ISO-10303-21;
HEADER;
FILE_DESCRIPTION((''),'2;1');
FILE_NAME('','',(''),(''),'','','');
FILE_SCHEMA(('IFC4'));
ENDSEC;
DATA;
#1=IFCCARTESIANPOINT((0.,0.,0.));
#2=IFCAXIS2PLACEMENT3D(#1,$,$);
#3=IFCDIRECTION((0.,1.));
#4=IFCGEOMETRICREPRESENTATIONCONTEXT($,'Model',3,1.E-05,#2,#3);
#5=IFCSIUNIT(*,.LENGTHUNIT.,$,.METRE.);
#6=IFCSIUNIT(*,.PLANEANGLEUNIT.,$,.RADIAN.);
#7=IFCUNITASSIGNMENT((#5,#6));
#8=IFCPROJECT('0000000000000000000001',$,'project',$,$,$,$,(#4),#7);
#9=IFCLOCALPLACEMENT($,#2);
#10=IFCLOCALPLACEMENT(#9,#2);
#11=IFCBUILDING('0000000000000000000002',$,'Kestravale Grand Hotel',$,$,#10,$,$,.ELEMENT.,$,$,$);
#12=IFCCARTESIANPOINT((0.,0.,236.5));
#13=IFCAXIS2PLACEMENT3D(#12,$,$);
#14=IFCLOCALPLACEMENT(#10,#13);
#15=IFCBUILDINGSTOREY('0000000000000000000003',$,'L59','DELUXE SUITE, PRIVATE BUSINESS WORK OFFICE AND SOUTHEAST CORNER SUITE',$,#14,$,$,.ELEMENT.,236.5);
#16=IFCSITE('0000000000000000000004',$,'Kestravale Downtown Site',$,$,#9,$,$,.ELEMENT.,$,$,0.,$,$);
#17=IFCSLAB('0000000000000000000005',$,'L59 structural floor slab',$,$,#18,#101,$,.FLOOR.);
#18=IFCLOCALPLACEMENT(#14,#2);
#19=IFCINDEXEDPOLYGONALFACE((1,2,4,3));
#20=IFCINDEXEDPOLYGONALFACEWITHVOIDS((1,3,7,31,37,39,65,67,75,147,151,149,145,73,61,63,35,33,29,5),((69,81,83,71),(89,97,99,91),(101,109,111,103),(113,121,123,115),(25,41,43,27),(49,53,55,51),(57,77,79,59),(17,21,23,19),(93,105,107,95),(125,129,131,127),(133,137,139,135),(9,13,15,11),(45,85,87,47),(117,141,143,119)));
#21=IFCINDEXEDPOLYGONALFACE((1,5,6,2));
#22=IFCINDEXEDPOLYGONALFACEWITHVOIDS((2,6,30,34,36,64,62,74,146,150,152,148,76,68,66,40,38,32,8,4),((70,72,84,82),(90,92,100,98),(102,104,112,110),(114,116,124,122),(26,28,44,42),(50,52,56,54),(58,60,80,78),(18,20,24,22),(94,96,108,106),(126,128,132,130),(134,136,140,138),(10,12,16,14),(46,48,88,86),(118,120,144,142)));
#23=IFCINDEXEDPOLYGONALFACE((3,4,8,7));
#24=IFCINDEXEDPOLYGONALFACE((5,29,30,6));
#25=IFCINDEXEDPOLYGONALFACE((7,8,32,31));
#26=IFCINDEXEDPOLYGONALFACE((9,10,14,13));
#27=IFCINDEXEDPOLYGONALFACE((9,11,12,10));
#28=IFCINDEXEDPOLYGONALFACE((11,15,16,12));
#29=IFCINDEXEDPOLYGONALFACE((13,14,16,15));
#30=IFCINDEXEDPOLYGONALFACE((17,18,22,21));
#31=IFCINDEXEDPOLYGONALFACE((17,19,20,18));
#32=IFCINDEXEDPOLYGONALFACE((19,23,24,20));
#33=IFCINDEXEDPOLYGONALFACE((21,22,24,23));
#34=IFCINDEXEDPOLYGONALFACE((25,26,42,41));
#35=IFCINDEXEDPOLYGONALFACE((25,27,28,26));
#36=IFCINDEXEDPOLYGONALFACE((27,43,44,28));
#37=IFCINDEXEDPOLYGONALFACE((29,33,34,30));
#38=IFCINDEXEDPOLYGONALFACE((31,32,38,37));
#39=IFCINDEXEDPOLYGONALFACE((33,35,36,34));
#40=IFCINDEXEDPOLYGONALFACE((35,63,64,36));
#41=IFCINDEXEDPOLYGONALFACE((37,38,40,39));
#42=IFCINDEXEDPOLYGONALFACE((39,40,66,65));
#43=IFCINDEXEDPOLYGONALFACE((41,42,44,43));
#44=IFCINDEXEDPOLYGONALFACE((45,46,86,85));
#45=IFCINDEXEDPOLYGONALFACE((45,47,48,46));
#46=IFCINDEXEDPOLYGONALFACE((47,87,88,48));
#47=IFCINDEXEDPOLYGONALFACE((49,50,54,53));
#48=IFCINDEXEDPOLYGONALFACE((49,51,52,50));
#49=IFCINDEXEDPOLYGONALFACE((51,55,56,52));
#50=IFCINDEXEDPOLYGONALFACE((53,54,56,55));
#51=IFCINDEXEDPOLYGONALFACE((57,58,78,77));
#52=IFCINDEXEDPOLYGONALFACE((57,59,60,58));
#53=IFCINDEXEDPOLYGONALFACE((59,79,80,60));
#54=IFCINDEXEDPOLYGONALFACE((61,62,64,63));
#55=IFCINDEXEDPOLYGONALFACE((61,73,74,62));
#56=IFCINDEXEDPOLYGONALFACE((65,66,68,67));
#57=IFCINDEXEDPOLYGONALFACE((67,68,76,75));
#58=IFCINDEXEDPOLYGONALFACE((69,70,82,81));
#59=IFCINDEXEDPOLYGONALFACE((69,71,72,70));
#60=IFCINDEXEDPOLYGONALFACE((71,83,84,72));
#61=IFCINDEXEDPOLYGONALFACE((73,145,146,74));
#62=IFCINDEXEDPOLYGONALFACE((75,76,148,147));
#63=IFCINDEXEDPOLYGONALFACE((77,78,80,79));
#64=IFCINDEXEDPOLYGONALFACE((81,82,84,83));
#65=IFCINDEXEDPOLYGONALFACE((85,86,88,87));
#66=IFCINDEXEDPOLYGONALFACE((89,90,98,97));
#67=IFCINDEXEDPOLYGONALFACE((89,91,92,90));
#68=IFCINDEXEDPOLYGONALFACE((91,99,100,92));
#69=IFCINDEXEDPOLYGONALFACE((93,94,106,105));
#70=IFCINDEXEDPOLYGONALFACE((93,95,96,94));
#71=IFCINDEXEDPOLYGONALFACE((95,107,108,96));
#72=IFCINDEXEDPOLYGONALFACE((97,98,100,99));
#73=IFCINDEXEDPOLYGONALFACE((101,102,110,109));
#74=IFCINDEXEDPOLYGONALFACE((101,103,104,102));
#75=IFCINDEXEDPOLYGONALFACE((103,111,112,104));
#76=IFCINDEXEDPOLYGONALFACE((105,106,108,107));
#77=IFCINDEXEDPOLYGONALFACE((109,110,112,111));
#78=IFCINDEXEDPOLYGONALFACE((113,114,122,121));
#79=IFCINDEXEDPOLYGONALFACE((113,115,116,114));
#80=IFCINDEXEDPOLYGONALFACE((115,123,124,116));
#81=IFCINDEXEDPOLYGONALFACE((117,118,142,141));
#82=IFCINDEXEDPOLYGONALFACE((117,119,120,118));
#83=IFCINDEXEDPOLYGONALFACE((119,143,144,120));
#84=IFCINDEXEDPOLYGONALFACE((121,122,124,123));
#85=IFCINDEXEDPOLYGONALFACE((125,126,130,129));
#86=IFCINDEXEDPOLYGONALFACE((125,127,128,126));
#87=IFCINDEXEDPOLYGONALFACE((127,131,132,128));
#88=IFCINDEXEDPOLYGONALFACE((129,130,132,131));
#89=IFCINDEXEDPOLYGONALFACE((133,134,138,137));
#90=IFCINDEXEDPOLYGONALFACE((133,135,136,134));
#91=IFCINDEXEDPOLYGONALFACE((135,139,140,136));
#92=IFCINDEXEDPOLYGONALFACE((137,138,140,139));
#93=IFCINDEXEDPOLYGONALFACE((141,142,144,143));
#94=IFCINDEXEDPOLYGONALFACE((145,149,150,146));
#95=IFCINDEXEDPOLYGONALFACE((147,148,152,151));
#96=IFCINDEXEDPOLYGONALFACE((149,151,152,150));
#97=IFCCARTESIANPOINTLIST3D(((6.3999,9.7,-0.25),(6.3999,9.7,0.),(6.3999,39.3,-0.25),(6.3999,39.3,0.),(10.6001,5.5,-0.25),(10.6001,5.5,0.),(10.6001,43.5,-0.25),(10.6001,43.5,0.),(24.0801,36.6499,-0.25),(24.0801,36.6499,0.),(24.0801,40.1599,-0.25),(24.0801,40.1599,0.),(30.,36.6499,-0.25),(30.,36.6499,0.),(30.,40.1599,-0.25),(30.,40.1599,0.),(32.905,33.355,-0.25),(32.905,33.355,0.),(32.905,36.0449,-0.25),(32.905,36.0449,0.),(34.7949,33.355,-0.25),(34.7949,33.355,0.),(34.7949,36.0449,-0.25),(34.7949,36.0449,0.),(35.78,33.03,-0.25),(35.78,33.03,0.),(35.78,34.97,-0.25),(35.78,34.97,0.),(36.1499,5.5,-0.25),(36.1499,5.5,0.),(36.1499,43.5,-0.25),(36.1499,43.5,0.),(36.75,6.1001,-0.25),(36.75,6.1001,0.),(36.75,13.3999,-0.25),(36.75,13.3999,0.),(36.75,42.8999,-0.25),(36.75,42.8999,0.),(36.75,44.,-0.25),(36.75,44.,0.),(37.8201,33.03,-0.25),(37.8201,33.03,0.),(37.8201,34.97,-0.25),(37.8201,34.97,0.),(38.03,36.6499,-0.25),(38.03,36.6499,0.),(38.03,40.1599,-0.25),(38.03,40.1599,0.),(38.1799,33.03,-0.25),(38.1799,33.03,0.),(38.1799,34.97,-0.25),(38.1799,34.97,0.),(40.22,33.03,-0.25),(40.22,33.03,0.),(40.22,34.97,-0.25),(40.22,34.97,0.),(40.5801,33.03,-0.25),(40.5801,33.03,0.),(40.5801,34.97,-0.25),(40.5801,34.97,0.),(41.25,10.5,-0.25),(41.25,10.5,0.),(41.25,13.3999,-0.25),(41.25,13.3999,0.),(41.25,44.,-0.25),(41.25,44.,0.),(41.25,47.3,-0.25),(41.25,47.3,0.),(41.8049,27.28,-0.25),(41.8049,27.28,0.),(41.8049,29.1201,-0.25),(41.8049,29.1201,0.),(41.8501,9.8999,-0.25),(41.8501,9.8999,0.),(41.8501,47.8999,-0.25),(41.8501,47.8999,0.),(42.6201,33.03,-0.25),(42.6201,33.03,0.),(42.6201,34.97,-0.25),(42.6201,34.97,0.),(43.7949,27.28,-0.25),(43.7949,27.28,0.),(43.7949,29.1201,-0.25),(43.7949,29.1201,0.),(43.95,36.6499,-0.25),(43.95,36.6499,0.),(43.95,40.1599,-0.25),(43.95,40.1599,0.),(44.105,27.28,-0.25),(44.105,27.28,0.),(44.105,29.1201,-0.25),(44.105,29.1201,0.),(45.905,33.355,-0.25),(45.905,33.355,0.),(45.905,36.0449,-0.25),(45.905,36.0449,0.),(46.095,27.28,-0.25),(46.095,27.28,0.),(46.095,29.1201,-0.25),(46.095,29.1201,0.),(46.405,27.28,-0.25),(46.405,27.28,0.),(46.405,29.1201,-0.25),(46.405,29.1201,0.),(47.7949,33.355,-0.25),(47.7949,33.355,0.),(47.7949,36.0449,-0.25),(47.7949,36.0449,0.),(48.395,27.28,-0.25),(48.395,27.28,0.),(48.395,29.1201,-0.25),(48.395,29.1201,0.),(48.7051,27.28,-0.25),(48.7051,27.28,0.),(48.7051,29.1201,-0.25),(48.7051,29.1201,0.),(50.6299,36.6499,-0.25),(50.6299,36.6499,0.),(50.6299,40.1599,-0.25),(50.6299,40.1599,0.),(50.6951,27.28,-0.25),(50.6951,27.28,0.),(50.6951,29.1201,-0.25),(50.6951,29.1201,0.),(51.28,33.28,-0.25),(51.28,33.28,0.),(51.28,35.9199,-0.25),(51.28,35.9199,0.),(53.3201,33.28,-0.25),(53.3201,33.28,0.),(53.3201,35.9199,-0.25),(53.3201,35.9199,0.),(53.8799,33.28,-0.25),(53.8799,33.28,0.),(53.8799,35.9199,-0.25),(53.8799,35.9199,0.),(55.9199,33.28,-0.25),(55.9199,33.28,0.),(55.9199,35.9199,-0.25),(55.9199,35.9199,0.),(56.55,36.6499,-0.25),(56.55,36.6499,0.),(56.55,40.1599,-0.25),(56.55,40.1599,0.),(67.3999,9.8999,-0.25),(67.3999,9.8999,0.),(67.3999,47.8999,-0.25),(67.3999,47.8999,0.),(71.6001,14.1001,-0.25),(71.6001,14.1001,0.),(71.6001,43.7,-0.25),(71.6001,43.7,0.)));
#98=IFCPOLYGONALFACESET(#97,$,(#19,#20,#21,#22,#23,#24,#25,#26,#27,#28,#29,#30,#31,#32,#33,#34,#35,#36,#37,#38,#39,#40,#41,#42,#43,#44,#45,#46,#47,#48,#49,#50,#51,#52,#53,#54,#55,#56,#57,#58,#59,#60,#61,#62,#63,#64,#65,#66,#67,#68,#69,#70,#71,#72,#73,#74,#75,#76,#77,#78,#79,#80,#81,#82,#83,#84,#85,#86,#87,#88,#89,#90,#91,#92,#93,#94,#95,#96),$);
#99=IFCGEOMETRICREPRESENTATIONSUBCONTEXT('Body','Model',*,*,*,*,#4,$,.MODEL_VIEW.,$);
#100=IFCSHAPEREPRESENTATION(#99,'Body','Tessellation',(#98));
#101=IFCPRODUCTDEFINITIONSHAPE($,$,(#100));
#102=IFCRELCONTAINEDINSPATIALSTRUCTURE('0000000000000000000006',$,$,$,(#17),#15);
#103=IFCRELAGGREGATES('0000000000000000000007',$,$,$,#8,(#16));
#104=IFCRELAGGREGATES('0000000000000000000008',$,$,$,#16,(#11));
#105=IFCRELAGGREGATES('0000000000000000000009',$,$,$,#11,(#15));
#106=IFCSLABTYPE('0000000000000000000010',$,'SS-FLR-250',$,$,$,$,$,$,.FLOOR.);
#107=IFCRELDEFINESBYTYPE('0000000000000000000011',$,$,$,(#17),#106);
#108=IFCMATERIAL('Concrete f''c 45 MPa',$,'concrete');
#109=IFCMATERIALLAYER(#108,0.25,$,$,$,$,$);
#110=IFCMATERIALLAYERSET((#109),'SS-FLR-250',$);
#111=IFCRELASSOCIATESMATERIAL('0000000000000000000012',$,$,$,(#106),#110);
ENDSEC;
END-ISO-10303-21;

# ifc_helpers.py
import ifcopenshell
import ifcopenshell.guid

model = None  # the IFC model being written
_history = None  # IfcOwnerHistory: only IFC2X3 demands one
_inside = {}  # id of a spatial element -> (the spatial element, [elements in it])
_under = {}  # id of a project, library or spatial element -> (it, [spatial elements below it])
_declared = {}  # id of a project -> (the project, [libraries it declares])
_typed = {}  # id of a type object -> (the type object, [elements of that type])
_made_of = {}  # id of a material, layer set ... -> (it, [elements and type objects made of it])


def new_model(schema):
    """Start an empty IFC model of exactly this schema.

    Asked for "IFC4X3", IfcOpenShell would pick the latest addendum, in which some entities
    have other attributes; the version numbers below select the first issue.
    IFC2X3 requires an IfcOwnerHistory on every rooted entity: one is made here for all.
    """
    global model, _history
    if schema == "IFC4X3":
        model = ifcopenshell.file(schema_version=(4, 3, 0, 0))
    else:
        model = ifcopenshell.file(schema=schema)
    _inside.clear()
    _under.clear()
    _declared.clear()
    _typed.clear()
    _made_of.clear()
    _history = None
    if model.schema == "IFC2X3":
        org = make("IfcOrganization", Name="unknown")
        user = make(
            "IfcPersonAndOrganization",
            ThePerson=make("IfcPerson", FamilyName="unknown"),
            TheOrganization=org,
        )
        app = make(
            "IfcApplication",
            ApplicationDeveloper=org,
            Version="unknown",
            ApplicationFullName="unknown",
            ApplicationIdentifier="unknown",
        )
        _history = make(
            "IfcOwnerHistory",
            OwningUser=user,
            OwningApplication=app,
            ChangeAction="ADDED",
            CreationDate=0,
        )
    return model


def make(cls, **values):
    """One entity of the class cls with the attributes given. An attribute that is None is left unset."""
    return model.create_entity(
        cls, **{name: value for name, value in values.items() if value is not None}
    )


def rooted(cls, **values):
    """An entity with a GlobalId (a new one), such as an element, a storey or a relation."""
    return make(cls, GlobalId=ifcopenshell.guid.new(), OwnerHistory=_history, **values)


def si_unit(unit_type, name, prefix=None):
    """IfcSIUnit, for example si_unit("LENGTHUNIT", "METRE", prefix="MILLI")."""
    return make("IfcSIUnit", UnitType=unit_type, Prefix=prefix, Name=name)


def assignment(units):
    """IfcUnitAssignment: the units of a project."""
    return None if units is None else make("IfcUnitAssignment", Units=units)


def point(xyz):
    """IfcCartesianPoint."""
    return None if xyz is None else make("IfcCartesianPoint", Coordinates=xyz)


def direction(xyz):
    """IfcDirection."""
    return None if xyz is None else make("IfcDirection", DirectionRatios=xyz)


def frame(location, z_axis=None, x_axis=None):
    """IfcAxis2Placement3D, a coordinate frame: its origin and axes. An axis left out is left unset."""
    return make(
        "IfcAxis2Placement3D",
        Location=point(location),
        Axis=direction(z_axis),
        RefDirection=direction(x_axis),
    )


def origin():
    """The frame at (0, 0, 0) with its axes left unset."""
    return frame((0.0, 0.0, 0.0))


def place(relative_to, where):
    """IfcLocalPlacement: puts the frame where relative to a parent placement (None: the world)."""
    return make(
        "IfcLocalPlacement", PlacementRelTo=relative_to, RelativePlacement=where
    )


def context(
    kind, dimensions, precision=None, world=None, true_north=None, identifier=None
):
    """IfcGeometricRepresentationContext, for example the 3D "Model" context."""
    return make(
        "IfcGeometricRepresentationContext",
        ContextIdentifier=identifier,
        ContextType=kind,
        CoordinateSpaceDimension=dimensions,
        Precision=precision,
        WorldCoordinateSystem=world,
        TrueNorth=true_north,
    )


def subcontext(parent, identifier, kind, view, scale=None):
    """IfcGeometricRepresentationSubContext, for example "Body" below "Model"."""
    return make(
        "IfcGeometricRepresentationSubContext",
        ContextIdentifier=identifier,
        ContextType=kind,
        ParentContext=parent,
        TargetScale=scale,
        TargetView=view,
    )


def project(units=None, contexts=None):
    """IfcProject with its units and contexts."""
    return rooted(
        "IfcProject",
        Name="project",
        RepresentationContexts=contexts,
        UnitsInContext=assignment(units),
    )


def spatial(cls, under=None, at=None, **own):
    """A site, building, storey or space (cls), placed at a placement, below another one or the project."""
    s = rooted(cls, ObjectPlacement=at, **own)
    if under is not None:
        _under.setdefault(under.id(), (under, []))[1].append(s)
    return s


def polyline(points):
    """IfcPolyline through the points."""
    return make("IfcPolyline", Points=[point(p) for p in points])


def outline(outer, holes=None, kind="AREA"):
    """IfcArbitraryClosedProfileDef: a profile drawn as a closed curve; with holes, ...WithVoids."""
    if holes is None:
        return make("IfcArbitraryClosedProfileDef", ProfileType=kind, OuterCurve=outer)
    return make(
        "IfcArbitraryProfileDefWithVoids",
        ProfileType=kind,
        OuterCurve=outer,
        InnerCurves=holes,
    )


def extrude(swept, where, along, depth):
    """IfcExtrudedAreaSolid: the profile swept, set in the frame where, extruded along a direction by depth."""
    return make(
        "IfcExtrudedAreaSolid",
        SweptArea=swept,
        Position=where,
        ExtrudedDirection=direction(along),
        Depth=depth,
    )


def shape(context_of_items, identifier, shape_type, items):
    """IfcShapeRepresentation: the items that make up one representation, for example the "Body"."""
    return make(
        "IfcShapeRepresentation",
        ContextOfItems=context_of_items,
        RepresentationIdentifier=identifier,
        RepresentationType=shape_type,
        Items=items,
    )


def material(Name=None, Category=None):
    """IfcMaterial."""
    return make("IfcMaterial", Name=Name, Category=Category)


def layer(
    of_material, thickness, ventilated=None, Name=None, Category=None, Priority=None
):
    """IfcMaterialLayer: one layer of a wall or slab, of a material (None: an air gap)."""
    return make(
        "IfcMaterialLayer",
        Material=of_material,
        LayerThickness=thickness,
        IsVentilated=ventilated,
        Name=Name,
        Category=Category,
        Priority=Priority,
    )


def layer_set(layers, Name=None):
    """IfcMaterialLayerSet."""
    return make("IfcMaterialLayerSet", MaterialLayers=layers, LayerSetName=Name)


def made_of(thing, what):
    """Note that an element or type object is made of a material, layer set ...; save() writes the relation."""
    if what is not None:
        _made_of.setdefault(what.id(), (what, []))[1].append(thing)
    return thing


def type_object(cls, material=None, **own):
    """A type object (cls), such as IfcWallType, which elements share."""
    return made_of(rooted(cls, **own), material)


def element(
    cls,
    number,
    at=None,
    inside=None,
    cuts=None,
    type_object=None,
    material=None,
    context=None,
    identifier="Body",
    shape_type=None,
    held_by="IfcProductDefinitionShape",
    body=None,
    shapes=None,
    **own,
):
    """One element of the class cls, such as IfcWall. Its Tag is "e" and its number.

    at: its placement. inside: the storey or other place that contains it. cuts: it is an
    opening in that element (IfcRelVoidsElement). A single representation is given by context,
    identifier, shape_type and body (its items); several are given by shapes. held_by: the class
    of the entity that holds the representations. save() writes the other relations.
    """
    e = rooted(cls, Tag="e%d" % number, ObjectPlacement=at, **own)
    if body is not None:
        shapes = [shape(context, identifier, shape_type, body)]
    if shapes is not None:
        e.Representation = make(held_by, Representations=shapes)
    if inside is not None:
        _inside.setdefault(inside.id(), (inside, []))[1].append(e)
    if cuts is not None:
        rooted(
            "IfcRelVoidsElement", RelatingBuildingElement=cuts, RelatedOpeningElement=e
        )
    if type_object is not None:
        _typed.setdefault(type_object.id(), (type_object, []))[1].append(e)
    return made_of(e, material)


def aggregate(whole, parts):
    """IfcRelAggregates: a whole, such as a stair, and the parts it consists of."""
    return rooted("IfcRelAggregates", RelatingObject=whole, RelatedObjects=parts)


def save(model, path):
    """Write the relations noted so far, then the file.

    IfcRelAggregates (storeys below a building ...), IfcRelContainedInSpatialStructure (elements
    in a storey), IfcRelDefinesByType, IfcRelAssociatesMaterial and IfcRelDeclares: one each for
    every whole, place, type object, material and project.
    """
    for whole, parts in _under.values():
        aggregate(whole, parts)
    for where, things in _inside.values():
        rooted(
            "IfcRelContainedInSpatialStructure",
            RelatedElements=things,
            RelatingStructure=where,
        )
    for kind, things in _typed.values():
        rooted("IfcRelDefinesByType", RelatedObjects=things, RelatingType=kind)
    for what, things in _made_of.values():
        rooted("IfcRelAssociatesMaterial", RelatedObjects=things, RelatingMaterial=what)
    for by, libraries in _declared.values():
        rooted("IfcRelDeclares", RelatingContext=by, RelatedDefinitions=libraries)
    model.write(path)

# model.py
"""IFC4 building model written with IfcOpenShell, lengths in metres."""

from ifc_helpers import new_model, si_unit, direction, frame, origin, place, context, subcontext, project, spatial, polyline, outline, extrude, material, layer, layer_set, type_object, element, save


model = new_model("IFC4")

# Units and contexts
model_context = context("Model", 3, precision=1e-05, world=origin(), true_north=direction((0.0, 1.0)))
body_context = subcontext(model_context, "Body", "Model", "MODEL_VIEW")
ifc_project = project(units=[si_unit("LENGTHUNIT", "METRE"), si_unit("PLANEANGLEUNIT", "RADIAN")], contexts=[model_context])

# Site, building, storey
site_placement = place(None, origin())
site = spatial("IfcSite", under=ifc_project, at=site_placement, Name="Kestravale Downtown Site", CompositionType="ELEMENT", RefElevation=0.0)
building_placement = place(site_placement, origin())
building = spatial("IfcBuilding", under=site, at=building_placement, Name="Kestravale Grand Hotel", CompositionType="ELEMENT")
storey_placement = place(building_placement, frame((0.0, 0.0, 236.5)))
storey = spatial("IfcBuildingStorey", under=building, at=storey_placement, Name="L59", Description="DELUXE SUITE, PRIVATE BUSINESS WORK OFFICE AND SOUTHEAST CORNER SUITE", CompositionType="ELEMENT", Elevation=236.5)

# Slab
ifc_material_1 = material(Name="Concrete f'c 45 MPa", Category="concrete")
ifc_layer_1 = layer(ifc_material_1, 0.25)
ifc_layer_set_1 = layer_set([ifc_layer_1], Name="SS-FLR-250")
slab_type_1 = type_object("IfcSlabType", Name="SS-FLR-250", PredefinedType="FLOOR", material=ifc_layer_set_1)
slab_1_placement = place(storey_placement, frame((0.0, 0.0, -0.25)))
element("IfcSlab", 1, at=slab_1_placement, inside=storey, type_object=slab_type_1, Name="L59 structural floor slab", PredefinedType="FLOOR", context=body_context, shape_type="SweptSolid", body=[
    extrude(outline(polyline([(10.6001, 5.5), (36.1499, 5.5), (36.75, 6.1001), (36.75, 13.3999), (41.25, 13.3999), (41.25, 10.5), (41.8501, 9.8999), (67.3999, 9.8999), (71.6001, 14.1001), (71.6001, 43.7), (67.3999, 47.8999), (41.8501, 47.8999), (41.25, 47.3), (41.25, 44.0), (36.75, 44.0), (36.75, 42.8999), (36.1499, 43.5), (10.6001, 43.5), (6.3999, 39.3), (6.3999, 9.7), (10.6001, 5.5)]), holes=[polyline([(24.0801, 36.6499), (30.0, 36.6499), (30.0, 40.1599), (24.0801, 40.1599), (24.0801, 36.6499)]), polyline([(38.03, 36.6499), (43.95, 36.6499), (43.95, 40.1599), (38.03, 40.1599), (38.03, 36.6499)]), polyline([(50.6299, 36.6499), (56.55, 36.6499), (56.55, 40.1599), (50.6299, 40.1599), (50.6299, 36.6499)]), polyline([(41.8049, 27.28), (43.7949, 27.28), (43.7949, 29.1201), (41.8049, 29.1201), (41.8049, 27.28)]), polyline([(44.105, 27.28), (46.095, 27.28), (46.095, 29.1201), (44.105, 29.1201), (44.105, 27.28)]), polyline([(46.405, 27.28), (48.395, 27.28), (48.395, 29.1201), (46.405, 29.1201), (46.405, 27.28)]), polyline([(48.7051, 27.28), (50.6951, 27.28), (50.6951, 29.1201), (48.7051, 29.1201), (48.7051, 27.28)]), polyline([(35.78, 33.03), (37.8201, 33.03), (37.8201, 34.97), (35.78, 34.97), (35.78, 33.03)]), polyline([(38.1799, 33.03), (40.22, 33.03), (40.22, 34.97), (38.1799, 34.97), (38.1799, 33.03)]), polyline([(40.5801, 33.03), (42.6201, 33.03), (42.6201, 34.97), (40.5801, 34.97), (40.5801, 33.03)]), polyline([(32.905, 33.355), (34.7949, 33.355), (34.7949, 36.0449), (32.905, 36.0449), (32.905, 33.355)]), polyline([(45.905, 33.355), (47.7949, 33.355), (47.7949, 36.0449), (45.905, 36.0449), (45.905, 33.355)]), polyline([(51.28, 33.28), (53.3201, 33.28), (53.3201, 35.9199), (51.28, 35.9199), (51.28, 33.28)]), polyline([(53.8799, 33.28), (55.9199, 33.28), (55.9199, 35.9199), (53.8799, 35.9199), (53.8799, 33.28)])]), origin(), (0.0, 0.0, 1.0), 0.25),
])

save(model, "model.ifc")
